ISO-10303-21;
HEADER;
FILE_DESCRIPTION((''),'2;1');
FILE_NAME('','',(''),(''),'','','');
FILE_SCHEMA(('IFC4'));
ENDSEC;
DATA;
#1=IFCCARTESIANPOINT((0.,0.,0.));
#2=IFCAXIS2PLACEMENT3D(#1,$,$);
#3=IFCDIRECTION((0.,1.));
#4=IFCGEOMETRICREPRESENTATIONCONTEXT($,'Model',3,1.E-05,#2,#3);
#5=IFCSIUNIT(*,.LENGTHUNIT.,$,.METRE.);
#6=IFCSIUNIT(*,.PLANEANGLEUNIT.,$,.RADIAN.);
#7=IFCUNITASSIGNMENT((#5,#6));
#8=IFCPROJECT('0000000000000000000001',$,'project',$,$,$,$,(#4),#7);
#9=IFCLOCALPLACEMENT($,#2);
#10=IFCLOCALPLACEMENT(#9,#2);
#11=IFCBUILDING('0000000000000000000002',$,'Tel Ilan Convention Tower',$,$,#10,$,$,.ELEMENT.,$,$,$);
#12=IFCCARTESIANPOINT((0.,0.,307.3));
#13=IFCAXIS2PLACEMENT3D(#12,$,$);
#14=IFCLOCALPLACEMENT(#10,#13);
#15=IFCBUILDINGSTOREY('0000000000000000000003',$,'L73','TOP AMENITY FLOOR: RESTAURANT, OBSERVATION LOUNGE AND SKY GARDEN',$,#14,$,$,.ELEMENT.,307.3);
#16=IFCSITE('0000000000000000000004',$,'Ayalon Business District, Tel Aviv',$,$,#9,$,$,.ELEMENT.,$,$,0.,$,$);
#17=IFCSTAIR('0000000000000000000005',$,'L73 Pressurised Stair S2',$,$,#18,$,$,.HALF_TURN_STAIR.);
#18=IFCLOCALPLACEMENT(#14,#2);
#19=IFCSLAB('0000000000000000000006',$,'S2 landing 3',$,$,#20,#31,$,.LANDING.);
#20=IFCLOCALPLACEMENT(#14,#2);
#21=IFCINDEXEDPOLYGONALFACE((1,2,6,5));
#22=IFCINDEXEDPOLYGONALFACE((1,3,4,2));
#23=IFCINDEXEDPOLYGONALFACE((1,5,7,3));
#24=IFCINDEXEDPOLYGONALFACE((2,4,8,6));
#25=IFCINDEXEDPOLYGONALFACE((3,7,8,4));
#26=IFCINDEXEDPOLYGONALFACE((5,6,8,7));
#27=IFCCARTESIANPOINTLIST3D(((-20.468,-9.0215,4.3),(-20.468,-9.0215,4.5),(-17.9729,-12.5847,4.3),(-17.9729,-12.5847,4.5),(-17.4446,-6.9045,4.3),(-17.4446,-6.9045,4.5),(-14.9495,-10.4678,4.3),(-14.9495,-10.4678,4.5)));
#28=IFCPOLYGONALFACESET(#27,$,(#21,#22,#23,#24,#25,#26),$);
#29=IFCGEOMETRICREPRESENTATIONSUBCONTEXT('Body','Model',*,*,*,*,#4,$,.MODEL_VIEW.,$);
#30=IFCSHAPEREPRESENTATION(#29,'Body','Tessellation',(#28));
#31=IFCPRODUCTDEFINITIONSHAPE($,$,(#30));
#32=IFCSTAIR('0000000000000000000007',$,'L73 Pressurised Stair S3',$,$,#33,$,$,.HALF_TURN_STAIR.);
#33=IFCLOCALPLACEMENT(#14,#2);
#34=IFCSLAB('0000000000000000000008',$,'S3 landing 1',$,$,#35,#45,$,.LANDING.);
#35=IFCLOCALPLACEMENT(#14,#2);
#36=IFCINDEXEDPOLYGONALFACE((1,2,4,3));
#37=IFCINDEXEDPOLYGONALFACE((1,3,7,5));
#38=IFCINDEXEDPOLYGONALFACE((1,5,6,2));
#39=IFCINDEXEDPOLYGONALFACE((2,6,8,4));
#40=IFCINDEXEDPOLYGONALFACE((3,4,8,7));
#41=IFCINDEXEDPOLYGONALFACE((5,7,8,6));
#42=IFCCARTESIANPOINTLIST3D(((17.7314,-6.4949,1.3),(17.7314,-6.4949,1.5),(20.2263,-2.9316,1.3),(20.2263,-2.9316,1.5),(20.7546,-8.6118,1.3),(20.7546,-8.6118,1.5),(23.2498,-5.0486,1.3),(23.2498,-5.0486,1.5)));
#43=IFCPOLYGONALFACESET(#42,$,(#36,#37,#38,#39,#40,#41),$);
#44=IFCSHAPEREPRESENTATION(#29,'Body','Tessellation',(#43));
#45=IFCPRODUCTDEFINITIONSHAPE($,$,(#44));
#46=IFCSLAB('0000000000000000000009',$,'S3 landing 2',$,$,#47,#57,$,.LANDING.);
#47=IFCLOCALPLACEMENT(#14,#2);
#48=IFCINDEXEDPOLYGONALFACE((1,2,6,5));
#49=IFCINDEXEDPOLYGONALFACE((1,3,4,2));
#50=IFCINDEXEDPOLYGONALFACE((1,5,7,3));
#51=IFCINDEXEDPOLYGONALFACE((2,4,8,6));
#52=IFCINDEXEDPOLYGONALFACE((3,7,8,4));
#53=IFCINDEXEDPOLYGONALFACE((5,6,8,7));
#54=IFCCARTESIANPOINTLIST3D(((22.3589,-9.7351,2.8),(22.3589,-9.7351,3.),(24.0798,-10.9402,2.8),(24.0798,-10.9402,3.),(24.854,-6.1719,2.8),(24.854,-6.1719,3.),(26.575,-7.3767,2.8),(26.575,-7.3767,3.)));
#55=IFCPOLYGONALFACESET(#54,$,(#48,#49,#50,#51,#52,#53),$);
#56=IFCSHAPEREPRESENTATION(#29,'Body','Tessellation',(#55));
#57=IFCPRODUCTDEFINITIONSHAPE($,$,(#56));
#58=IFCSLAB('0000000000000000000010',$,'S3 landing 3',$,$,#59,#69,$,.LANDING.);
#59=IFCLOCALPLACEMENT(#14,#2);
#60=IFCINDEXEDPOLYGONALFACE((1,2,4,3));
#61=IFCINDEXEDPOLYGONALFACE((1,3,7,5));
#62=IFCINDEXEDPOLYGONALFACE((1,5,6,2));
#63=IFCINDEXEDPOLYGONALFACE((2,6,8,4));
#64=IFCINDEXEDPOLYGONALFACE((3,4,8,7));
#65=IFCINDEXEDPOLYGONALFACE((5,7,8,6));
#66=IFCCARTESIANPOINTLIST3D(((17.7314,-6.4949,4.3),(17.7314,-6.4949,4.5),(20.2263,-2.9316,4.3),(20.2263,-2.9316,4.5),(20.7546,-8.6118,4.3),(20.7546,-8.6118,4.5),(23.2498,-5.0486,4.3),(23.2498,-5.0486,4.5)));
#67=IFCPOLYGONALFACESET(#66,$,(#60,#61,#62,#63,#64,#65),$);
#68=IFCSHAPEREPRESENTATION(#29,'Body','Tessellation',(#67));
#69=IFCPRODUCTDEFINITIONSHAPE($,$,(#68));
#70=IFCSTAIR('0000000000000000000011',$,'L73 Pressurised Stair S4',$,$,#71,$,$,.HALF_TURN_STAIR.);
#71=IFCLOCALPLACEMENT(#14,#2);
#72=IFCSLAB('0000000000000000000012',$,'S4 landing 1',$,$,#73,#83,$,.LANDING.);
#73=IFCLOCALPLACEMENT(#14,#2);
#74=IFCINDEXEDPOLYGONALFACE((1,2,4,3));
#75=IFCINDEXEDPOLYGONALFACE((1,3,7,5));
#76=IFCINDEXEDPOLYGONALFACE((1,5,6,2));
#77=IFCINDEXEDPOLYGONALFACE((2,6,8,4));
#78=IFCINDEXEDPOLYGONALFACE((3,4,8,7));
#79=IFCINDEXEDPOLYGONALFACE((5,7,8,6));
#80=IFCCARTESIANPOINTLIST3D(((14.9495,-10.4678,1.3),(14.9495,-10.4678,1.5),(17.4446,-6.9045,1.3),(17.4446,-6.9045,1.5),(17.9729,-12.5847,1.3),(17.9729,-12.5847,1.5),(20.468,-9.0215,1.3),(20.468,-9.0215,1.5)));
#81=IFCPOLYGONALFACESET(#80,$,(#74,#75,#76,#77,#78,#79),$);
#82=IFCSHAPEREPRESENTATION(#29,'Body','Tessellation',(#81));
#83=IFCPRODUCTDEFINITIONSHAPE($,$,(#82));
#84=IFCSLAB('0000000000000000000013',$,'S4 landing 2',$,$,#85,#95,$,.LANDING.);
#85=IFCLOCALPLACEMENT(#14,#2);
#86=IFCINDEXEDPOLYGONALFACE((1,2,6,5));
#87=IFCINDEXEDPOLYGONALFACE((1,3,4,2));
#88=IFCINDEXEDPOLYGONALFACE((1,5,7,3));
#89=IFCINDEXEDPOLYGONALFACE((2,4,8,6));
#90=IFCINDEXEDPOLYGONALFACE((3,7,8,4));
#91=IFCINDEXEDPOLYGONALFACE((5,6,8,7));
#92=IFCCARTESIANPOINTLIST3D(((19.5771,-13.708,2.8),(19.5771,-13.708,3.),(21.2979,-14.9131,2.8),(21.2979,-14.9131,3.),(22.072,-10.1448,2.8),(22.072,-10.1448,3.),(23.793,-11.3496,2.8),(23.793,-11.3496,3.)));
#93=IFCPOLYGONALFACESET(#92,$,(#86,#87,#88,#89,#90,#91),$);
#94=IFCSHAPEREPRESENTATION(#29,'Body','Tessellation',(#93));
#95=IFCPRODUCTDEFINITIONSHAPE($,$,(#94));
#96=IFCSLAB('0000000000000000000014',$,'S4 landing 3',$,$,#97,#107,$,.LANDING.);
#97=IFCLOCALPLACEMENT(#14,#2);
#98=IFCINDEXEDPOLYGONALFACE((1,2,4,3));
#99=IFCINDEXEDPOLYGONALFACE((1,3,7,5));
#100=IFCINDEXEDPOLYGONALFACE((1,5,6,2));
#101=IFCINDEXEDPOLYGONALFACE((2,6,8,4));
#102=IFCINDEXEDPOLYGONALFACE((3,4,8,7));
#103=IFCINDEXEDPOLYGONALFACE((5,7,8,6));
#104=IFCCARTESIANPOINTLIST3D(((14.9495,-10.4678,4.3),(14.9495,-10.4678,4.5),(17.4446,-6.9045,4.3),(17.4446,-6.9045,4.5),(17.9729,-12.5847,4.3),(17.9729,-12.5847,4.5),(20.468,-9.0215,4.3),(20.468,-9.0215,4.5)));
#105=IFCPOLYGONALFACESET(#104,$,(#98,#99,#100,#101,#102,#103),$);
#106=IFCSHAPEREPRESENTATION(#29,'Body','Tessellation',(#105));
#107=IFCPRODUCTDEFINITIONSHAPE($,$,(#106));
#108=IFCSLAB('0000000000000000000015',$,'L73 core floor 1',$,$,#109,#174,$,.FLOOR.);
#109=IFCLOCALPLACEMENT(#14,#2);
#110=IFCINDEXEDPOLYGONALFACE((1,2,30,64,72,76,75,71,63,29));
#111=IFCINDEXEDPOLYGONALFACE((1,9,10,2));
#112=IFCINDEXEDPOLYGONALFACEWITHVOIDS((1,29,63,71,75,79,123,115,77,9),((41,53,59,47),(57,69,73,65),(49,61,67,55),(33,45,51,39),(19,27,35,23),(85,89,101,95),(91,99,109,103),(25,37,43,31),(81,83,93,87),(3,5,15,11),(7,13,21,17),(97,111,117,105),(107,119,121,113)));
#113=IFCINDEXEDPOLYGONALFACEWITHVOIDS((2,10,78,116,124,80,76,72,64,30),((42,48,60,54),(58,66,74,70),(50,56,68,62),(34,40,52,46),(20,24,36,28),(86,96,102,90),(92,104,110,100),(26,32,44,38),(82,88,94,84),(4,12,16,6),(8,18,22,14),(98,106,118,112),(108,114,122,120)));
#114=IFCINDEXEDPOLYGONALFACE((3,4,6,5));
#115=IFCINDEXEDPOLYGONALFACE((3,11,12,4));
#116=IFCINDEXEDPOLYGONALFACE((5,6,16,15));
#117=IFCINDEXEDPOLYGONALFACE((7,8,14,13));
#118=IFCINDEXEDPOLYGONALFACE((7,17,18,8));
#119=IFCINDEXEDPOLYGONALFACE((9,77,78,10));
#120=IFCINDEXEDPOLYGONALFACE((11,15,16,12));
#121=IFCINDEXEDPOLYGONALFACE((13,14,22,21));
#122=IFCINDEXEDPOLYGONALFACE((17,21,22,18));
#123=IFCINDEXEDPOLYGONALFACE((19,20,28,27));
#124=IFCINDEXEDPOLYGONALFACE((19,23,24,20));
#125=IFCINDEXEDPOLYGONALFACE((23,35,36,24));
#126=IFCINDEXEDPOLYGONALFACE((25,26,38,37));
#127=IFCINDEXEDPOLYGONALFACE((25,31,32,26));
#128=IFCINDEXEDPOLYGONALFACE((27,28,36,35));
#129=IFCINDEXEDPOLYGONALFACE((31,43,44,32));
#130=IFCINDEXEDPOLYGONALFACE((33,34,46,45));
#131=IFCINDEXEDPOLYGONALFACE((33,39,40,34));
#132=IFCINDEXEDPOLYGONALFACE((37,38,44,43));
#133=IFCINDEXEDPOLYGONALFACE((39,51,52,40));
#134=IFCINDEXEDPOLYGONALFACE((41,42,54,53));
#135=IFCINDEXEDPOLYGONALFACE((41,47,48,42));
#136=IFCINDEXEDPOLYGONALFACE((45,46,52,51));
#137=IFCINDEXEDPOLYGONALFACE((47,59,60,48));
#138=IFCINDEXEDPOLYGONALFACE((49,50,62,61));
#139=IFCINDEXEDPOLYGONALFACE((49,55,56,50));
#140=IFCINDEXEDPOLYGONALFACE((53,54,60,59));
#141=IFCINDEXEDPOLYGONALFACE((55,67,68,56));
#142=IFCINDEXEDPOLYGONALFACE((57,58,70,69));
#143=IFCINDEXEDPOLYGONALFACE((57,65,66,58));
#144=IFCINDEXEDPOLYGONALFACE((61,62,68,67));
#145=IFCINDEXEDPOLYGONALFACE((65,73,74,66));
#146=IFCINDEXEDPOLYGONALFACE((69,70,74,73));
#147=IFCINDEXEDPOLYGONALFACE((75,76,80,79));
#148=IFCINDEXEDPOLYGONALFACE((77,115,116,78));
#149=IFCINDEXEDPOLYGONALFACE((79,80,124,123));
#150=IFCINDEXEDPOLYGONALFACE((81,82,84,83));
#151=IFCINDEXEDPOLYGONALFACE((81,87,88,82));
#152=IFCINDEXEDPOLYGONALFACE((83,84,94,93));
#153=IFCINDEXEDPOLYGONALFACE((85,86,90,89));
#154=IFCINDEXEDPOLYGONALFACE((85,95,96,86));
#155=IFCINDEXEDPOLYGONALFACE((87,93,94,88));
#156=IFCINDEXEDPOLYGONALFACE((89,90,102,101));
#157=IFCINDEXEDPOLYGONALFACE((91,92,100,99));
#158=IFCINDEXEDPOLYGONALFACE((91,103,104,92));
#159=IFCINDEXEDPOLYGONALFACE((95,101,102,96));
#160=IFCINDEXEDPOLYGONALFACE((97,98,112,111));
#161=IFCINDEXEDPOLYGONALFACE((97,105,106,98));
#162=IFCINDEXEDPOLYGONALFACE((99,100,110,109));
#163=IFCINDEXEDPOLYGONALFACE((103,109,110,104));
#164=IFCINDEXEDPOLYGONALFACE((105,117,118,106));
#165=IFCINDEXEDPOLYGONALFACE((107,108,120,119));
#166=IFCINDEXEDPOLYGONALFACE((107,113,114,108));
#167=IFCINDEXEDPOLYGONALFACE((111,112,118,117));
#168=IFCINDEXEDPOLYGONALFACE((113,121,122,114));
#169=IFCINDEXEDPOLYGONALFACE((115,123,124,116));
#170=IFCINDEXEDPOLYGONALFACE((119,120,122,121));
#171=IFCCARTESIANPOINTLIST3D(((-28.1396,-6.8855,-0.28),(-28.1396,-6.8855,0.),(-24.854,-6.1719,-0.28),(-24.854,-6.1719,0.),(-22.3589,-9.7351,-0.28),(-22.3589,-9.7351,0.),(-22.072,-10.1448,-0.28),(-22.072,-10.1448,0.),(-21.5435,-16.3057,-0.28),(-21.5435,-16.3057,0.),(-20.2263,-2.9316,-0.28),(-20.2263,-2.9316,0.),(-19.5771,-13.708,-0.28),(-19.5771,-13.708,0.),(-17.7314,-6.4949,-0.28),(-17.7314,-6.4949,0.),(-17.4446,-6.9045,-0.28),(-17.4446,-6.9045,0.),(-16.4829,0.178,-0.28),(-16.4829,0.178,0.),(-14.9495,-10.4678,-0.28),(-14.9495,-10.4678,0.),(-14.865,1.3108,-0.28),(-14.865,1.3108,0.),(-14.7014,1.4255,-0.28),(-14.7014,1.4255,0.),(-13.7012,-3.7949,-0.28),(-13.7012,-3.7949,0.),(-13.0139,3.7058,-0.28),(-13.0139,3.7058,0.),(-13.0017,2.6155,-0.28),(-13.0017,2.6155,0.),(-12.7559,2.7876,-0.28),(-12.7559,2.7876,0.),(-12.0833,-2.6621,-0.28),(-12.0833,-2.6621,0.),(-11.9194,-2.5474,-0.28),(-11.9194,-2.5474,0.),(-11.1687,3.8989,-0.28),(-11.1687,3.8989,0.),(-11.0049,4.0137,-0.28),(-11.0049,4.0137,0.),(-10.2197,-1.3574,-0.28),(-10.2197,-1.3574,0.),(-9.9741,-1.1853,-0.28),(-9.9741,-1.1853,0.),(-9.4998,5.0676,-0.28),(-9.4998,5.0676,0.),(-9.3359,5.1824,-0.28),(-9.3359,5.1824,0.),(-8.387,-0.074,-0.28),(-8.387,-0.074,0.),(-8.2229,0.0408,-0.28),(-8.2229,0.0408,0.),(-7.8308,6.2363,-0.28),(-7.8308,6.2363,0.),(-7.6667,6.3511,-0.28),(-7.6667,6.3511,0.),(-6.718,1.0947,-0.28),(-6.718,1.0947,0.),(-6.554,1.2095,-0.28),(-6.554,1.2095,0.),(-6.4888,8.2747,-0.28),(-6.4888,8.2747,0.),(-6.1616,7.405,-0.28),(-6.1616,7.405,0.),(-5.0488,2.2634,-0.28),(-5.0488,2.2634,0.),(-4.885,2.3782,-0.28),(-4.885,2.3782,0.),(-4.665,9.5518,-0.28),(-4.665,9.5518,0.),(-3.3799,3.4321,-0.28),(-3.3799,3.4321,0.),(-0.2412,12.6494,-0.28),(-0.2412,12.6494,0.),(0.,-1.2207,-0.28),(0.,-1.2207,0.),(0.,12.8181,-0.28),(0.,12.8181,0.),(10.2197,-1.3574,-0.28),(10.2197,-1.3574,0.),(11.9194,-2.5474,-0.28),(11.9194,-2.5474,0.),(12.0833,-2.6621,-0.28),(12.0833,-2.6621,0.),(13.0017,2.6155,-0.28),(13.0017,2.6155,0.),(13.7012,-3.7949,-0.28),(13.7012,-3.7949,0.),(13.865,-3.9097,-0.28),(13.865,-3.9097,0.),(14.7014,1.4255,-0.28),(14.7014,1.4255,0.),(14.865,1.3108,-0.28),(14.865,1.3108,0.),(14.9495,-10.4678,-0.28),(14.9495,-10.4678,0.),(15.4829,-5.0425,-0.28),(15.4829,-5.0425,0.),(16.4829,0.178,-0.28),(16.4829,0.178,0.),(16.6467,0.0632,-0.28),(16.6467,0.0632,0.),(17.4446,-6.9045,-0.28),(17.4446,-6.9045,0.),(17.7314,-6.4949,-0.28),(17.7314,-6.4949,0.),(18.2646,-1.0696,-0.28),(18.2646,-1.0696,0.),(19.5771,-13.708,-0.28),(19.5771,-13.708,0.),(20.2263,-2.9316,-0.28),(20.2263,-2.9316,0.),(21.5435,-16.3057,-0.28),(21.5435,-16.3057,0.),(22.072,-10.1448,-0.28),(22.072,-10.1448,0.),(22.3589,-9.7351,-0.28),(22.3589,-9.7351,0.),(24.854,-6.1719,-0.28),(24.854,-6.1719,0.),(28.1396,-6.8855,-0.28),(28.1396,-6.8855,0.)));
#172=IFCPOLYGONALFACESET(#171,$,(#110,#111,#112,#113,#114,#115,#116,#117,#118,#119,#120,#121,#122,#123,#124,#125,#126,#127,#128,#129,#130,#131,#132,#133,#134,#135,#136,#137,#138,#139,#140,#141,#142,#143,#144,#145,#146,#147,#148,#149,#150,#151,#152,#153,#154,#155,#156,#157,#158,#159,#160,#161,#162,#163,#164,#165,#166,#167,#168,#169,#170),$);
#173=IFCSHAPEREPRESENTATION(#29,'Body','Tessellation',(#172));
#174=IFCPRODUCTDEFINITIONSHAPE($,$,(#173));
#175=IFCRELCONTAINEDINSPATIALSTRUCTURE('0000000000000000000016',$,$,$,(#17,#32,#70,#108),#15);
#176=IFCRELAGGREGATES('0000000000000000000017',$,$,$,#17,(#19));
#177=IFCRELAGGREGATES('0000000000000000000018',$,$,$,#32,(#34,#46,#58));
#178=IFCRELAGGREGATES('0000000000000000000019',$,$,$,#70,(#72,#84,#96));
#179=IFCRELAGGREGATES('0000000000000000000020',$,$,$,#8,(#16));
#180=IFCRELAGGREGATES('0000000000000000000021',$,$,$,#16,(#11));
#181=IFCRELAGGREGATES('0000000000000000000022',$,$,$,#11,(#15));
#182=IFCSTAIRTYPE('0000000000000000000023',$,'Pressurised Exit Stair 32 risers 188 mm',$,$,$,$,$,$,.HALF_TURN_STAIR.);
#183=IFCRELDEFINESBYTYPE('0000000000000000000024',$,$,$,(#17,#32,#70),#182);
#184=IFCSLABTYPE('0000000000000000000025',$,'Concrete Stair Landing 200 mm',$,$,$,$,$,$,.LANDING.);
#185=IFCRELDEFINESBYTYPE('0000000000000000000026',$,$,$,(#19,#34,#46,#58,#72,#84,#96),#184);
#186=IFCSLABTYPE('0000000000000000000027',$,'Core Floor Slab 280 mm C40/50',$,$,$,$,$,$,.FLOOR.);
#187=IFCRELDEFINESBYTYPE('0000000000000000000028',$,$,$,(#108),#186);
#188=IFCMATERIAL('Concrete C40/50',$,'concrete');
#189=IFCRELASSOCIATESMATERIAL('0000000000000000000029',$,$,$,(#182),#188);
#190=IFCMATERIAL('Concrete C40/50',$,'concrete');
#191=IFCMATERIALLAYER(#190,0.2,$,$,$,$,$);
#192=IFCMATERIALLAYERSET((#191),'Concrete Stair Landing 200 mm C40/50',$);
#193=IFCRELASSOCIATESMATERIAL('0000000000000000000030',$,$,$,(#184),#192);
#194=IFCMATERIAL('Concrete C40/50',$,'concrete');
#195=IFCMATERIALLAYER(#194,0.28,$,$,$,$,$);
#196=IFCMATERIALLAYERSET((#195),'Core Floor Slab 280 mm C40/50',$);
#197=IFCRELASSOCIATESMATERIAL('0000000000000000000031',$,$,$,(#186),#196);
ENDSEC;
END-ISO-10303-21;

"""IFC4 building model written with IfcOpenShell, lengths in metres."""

from ifc_helpers import new_model, si_unit, direction, frame, origin, place, context, subcontext, project, spatial, polyline, outline, extrude, material, layer, layer_set, type_object, element, aggregate, save


model = new_model("IFC4")

# Units and contexts
model_context = context("Model", 3, precision=1e-05, world=origin(), true_north=direction((0.0, 1.0)))
body_context = subcontext(model_context, "Body", "Model", "MODEL_VIEW")
ifc_project = project(units=[si_unit("LENGTHUNIT", "METRE"), si_unit("PLANEANGLEUNIT", "RADIAN")], contexts=[model_context])

# Site, building, storey
site_placement = place(None, origin())
site = spatial("IfcSite", under=ifc_project, at=site_placement, Name="Ayalon Business District, Tel Aviv", CompositionType="ELEMENT", RefElevation=0.0)
building_placement = place(site_placement, origin())
building = spatial("IfcBuilding", under=site, at=building_placement, Name="Tel Ilan Convention Tower", CompositionType="ELEMENT")
storey_placement = place(building_placement, frame((0.0, 0.0, 307.3)))
storey = spatial("IfcBuildingStorey", under=building, at=storey_placement, Name="L73", Description="TOP AMENITY FLOOR: RESTAURANT, OBSERVATION LOUNGE AND SKY GARDEN", CompositionType="ELEMENT", Elevation=307.3)

# Stair, slab
ifc_material_1 = material(Name="Concrete C40/50", Category="concrete")
stair_type = type_object("IfcStairType", Name="Pressurised Exit Stair 32 risers 188 mm", PredefinedType="HALF_TURN_STAIR", material=ifc_material_1)
stair_1_placement = place(storey_placement, origin())
stair_1 = element("IfcStair", 1, at=stair_1_placement, inside=storey, type_object=stair_type, Name="L73 Pressurised Stair S2", PredefinedType="HALF_TURN_STAIR")
ifc_material_2 = material(Name="Concrete C40/50", Category="concrete")
ifc_layer_1 = layer(ifc_material_2, 0.2)
ifc_layer_set_1 = layer_set([ifc_layer_1], Name="Concrete Stair Landing 200 mm C40/50")
slab_type_1 = type_object("IfcSlabType", Name="Concrete Stair Landing 200 mm", PredefinedType="LANDING", material=ifc_layer_set_1)
slab_1_placement = place(storey_placement, frame((0.0, 0.0, 4.3)))
slab_1 = element("IfcSlab", 2, at=slab_1_placement, type_object=slab_type_1, Name="S2 landing 3", PredefinedType="LANDING", context=body_context, shape_type="SweptSolid", body=[
    extrude(outline(polyline([(-17.9729, -12.5847), (-14.9495, -10.4678), (-17.4446, -6.9045), (-20.468, -9.0215), (-17.9729, -12.5847)])), origin(), (0.0, 0.0, 1.0), 0.2),
])
aggregate(stair_1, [slab_1])

# Stairs, slabs
stair_2_placement = place(storey_placement, origin())
stair_2 = element("IfcStair", 3, at=stair_2_placement, inside=storey, type_object=stair_type, Name="L73 Pressurised Stair S3", PredefinedType="HALF_TURN_STAIR")
slab_2_placement = place(storey_placement, frame((0.0, 0.0, 1.3)))
slab_2 = element("IfcSlab", 4, at=slab_2_placement, type_object=slab_type_1, Name="S3 landing 1", PredefinedType="LANDING", context=body_context, shape_type="SweptSolid", body=[
    extrude(outline(polyline([(23.2498, -5.0486), (20.2263, -2.9316), (17.7314, -6.4949), (20.7546, -8.6118), (23.2498, -5.0486)])), origin(), (0.0, 0.0, 1.0), 0.2),
])
slab_3_placement = place(storey_placement, frame((0.0, 0.0, 2.8)))
slab_3 = element("IfcSlab", 5, at=slab_3_placement, type_object=slab_type_1, Name="S3 landing 2", PredefinedType="LANDING", context=body_context, shape_type="SweptSolid", body=[
    extrude(outline(polyline([(26.575, -7.3767), (24.854, -6.1719), (22.3589, -9.7351), (24.0798, -10.9402), (26.575, -7.3767)])), origin(), (0.0, 0.0, 1.0), 0.2),
])
slab_4_placement = place(storey_placement, frame((0.0, 0.0, 4.3)))
slab_4 = element("IfcSlab", 6, at=slab_4_placement, type_object=slab_type_1, Name="S3 landing 3", PredefinedType="LANDING", context=body_context, shape_type="SweptSolid", body=[
    extrude(outline(polyline([(23.2498, -5.0486), (20.2263, -2.9316), (17.7314, -6.4949), (20.7546, -8.6118), (23.2498, -5.0486)])), origin(), (0.0, 0.0, 1.0), 0.2),
])
aggregate(stair_2, [slab_2, slab_3, slab_4])
stair_3_placement = place(storey_placement, origin())
stair_3 = element("IfcStair", 7, at=stair_3_placement, inside=storey, type_object=stair_type, Name="L73 Pressurised Stair S4", PredefinedType="HALF_TURN_STAIR")
slab_5_placement = place(storey_placement, frame((0.0, 0.0, 1.3)))
slab_5 = element("IfcSlab", 8, at=slab_5_placement, type_object=slab_type_1, Name="S4 landing 1", PredefinedType="LANDING", context=body_context, shape_type="SweptSolid", body=[
    extrude(outline(polyline([(20.468, -9.0215), (17.4446, -6.9045), (14.9495, -10.4678), (17.9729, -12.5847), (20.468, -9.0215)])), origin(), (0.0, 0.0, 1.0), 0.2),
])
slab_6_placement = place(storey_placement, frame((0.0, 0.0, 2.8)))
slab_6 = element("IfcSlab", 9, at=slab_6_placement, type_object=slab_type_1, Name="S4 landing 2", PredefinedType="LANDING", context=body_context, shape_type="SweptSolid", body=[
    extrude(outline(polyline([(23.793, -11.3496), (22.072, -10.1448), (19.5771, -13.708), (21.2979, -14.9131), (23.793, -11.3496)])), origin(), (0.0, 0.0, 1.0), 0.2),
])
slab_7_placement = place(storey_placement, frame((0.0, 0.0, 4.3)))
slab_7 = element("IfcSlab", 10, at=slab_7_placement, type_object=slab_type_1, Name="S4 landing 3", PredefinedType="LANDING", context=body_context, shape_type="SweptSolid", body=[
    extrude(outline(polyline([(20.468, -9.0215), (17.4446, -6.9045), (14.9495, -10.4678), (17.9729, -12.5847), (20.468, -9.0215)])), origin(), (0.0, 0.0, 1.0), 0.2),
])
aggregate(stair_3, [slab_5, slab_6, slab_7])

# Slab
ifc_material_3 = material(Name="Concrete C40/50", Category="concrete")
ifc_layer_2 = layer(ifc_material_3, 0.28)
ifc_layer_set_2 = layer_set([ifc_layer_2], Name="Core Floor Slab 280 mm C40/50")
slab_type_2 = type_object("IfcSlabType", Name="Core Floor Slab 280 mm C40/50", PredefinedType="FLOOR", material=ifc_layer_set_2)
slab_8_placement = place(storey_placement, frame((0.0, 0.0, -0.28)))
element("IfcSlab", 11, at=slab_8_placement, inside=storey, type_object=slab_type_2, Name="L73 core floor 1", PredefinedType="FLOOR", context=body_context, shape_type="SweptSolid", body=[
    extrude(outline(polyline([(0.0, 12.8181), (28.1396, -6.8855), (21.5435, -16.3057), (0.0, -1.2207), (-21.5435, -16.3057), (-28.1396, -6.8855), (-13.0139, 3.7058), (-6.4888, 8.2747), (-4.665, 9.5518), (-0.2412, 12.6494), (0.0, 12.8181)]), holes=[polyline([(-17.4446, -6.9045), (-22.072, -10.1448), (-19.5771, -13.708), (-14.9495, -10.4678), (-17.4446, -6.9045)]), polyline([(-17.7314, -6.4949), (-20.2263, -2.9316), (-24.854, -6.1719), (-22.3589, -9.7351), (-17.7314, -6.4949)]), polyline([(-14.865, 1.3108), (-16.4829, 0.178), (-13.7012, -3.7949), (-12.0833, -2.6621), (-14.865, 1.3108)]), polyline([(-14.7014, 1.4255), (-11.9194, -2.5474), (-10.2197, -1.3574), (-13.0017, 2.6155), (-14.7014, 1.4255)]), polyline([(-11.1687, 3.8989), (-12.7559, 2.7876), (-9.9741, -1.1853), (-8.387, -0.074), (-11.1687, 3.8989)]), polyline([(-9.4998, 5.0676), (-11.0049, 4.0137), (-8.2229, 0.0408), (-6.718, 1.0947), (-9.4998, 5.0676)]), polyline([(-9.3359, 5.1824), (-6.554, 1.2095), (-5.0488, 2.2634), (-7.8308, 6.2363), (-9.3359, 5.1824)]), polyline([(17.4446, -6.9045), (14.9495, -10.4678), (19.5771, -13.708), (22.072, -10.1448), (17.4446, -6.9045)]), polyline([(20.2263, -2.9316), (17.7314, -6.4949), (22.3589, -9.7351), (24.854, -6.1719), (20.2263, -2.9316)]), polyline([(15.4829, -5.0425), (18.2646, -1.0696), (16.6467, 0.0632), (13.865, -3.9097), (15.4829, -5.0425)]), polyline([(13.7012, -3.7949), (16.4829, 0.178), (14.865, 1.3108), (12.0833, -2.6621), (13.7012, -3.7949)]), polyline([(11.9194, -2.5474), (14.7014, 1.4255), (13.0017, 2.6155), (10.2197, -1.3574), (11.9194, -2.5474)]), polyline([(-6.1616, 7.405), (-7.6667, 6.3511), (-4.885, 2.3782), (-3.3799, 3.4321), (-6.1616, 7.405)])]), origin(), (0.0, 0.0, 1.0), 0.28),
])

save(model, "model.ifc")
